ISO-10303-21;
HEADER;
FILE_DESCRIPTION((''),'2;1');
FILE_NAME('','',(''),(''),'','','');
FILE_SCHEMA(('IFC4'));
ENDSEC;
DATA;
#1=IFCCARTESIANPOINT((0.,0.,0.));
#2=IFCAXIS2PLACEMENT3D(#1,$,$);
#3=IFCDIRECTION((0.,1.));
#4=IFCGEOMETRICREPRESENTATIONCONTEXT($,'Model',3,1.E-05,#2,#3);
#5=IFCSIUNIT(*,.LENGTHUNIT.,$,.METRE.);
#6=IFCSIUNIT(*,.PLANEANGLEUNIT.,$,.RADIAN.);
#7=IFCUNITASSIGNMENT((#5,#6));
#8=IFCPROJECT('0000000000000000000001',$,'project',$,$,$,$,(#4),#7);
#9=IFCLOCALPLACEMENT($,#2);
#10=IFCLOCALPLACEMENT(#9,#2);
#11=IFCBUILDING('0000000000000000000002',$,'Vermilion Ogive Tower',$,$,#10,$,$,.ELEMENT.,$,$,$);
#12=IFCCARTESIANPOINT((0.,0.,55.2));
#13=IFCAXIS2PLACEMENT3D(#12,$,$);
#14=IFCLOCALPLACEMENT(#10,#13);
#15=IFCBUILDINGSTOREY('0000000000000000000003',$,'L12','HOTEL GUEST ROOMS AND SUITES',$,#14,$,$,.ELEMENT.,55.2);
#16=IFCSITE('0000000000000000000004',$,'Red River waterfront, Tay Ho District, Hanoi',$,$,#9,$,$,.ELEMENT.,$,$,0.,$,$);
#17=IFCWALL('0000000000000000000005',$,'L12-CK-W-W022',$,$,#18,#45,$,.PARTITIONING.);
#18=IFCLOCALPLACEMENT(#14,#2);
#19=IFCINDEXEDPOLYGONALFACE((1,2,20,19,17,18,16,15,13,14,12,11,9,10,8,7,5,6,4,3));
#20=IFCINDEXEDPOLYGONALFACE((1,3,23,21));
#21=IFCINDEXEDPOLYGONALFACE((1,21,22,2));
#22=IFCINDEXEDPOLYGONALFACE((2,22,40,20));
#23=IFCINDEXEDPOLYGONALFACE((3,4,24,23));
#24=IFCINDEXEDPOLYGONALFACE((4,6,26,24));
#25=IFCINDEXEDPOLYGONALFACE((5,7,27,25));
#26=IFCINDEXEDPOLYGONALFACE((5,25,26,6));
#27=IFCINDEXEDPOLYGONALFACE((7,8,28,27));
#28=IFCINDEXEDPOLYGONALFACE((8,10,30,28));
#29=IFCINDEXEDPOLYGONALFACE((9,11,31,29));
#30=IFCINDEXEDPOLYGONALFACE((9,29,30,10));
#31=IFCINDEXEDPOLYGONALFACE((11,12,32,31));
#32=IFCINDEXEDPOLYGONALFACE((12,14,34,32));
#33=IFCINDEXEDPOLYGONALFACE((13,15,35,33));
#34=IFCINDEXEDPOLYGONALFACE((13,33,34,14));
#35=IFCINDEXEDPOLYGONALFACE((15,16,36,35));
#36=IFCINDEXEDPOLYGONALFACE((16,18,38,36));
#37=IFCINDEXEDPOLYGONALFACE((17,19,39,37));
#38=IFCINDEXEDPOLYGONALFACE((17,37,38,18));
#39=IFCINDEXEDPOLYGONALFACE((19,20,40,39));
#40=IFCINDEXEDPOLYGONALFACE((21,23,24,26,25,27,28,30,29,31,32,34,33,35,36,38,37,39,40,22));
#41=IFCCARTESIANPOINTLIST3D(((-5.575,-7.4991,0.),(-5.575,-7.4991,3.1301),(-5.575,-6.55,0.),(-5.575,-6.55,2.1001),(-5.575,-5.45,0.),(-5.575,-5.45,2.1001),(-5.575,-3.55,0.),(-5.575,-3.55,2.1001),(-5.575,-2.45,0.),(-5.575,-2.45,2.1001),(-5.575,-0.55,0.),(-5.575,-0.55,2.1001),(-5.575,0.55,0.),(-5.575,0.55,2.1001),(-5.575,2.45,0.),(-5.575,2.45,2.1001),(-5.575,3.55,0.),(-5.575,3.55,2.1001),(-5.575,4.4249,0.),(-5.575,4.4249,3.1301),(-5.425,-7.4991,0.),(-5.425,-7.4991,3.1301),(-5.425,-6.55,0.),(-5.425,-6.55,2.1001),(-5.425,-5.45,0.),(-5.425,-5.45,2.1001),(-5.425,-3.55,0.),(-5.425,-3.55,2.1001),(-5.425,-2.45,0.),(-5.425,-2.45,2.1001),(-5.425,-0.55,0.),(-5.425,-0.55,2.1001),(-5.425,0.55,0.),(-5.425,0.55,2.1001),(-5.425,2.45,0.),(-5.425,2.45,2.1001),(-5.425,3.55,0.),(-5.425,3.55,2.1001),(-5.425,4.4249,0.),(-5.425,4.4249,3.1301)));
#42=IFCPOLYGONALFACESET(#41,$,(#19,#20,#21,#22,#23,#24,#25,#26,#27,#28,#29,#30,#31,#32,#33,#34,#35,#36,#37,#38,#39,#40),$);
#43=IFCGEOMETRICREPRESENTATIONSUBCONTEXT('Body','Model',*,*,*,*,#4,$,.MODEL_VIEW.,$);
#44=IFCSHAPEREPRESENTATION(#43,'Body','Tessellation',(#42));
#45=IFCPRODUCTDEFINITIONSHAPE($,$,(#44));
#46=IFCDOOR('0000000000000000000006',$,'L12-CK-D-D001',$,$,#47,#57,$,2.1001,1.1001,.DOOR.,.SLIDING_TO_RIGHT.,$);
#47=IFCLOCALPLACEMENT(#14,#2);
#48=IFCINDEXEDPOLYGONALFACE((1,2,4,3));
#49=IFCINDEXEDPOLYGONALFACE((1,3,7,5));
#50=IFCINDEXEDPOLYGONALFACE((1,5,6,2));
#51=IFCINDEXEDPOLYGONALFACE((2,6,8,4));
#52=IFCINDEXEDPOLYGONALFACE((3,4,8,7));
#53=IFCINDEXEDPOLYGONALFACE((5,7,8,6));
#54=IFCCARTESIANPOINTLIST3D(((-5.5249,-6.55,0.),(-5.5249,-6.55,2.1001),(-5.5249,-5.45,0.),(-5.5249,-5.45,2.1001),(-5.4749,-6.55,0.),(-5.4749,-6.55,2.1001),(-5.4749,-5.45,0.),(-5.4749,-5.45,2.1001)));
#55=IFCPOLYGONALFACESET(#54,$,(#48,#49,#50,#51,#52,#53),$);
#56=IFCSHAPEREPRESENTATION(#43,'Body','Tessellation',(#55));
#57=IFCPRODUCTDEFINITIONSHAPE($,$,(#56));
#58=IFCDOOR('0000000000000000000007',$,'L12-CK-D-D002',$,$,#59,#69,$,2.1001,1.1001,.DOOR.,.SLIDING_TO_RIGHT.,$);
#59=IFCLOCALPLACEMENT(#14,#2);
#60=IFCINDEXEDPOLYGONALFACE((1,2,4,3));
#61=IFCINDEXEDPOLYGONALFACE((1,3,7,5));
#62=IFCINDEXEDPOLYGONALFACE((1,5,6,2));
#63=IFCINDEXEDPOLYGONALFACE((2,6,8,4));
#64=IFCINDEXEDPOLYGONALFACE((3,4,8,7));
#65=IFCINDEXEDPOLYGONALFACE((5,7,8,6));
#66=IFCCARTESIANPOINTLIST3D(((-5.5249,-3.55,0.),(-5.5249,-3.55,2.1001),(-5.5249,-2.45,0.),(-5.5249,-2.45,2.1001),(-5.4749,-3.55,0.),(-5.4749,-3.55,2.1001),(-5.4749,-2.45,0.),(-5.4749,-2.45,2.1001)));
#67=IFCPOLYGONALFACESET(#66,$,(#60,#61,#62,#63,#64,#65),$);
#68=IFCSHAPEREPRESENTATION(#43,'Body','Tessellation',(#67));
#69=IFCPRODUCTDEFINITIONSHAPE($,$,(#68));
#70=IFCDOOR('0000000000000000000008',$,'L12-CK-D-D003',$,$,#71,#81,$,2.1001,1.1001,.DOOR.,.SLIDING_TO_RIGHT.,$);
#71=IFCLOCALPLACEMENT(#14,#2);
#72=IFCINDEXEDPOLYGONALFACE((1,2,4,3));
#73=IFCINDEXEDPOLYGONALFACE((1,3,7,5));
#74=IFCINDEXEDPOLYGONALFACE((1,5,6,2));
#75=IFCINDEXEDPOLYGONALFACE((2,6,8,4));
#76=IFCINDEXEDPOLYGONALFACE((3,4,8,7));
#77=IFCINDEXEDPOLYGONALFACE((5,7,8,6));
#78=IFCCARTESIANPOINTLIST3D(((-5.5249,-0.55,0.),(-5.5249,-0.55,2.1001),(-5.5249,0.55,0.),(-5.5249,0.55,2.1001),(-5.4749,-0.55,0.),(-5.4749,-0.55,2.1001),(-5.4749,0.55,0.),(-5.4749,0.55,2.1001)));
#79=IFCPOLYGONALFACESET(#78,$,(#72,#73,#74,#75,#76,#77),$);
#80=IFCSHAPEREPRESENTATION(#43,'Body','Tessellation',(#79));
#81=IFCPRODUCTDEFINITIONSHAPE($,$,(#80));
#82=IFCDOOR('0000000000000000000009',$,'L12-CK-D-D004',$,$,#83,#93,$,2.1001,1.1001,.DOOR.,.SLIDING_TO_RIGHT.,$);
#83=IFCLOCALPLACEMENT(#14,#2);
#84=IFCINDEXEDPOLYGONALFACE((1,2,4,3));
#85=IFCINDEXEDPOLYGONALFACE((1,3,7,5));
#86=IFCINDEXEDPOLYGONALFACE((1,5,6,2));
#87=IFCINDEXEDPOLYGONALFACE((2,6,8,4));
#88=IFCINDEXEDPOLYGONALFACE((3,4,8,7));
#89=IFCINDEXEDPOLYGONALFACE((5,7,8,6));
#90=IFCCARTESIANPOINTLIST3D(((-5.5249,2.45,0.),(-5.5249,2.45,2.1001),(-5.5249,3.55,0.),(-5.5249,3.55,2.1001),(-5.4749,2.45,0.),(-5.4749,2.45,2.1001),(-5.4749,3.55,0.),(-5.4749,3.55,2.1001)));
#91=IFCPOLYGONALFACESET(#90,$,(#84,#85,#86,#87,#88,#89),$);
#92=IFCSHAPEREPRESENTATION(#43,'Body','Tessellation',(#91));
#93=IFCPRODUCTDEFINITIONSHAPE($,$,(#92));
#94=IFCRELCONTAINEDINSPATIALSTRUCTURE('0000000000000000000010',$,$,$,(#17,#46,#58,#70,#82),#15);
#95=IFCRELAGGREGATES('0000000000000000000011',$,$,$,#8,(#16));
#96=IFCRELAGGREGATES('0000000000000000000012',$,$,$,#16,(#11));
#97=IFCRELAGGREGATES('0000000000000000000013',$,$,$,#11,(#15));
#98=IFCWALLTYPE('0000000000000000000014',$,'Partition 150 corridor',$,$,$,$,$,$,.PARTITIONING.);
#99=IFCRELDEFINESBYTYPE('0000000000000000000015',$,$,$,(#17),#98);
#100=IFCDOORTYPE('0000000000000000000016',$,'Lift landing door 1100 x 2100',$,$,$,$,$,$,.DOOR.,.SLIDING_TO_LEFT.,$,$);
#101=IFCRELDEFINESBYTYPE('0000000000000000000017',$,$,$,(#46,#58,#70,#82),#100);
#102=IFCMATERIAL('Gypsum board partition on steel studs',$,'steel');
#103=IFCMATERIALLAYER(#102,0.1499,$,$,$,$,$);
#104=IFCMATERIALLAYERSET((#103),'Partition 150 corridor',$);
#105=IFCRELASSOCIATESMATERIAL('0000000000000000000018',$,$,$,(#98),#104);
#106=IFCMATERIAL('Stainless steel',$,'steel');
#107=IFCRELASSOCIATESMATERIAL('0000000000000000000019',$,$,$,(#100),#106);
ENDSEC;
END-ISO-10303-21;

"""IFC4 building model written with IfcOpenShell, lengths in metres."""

from ifc_helpers import new_model, si_unit, direction, frame, frame_2d, origin, place, context, subcontext, project, spatial, rectangle, extrude, material, layer, layer_set, type_object, element, fill, save


model = new_model("IFC4")

# Units and contexts
model_context = context("Model", 3, precision=1e-05, world=origin(), true_north=direction((0.0, 1.0)))
body_context = subcontext(model_context, "Body", "Model", "MODEL_VIEW")
ifc_project = project(units=[si_unit("LENGTHUNIT", "METRE"), si_unit("PLANEANGLEUNIT", "RADIAN")], contexts=[model_context])

# Site, building, storey
site_placement = place(None, origin())
site = spatial("IfcSite", under=ifc_project, at=site_placement, Name="Red River waterfront, Tay Ho District, Hanoi", CompositionType="ELEMENT", RefElevation=0.0)
building_placement = place(site_placement, origin())
building = spatial("IfcBuilding", under=site, at=building_placement, Name="Vermilion Ogive Tower", CompositionType="ELEMENT")
storey_placement = place(building_placement, frame((0.0, 0.0, 55.2)))
storey = spatial("IfcBuildingStorey", under=building, at=storey_placement, Name="L12", Description="HOTEL GUEST ROOMS AND SUITES", CompositionType="ELEMENT", Elevation=55.2)

# Wall, openings, doors
ifc_material_1 = material(Name="Gypsum board partition on steel studs", Category="steel")
ifc_layer_1 = layer(ifc_material_1, 0.1499)
ifc_layer_set_1 = layer_set([ifc_layer_1], Name="Partition 150 corridor")
wall_type_1 = type_object("IfcWallType", Name="Partition 150 corridor", PredefinedType="PARTITIONING", material=ifc_layer_set_1)
wall_1_placement = place(storey_placement, frame((-5.5, -7.499, 0.0), z_axis=(0.0, 0.0, 1.0), x_axis=(0.0, 1.0, 0.0)))
wall_1 = element("IfcWall", 1, at=wall_1_placement, inside=storey, type_object=wall_type_1, Name="L12-CK-W-W022", PredefinedType="PARTITIONING", context=body_context, shape_type="SweptSolid", body=[
    extrude(rectangle(XDim=11.9241, YDim=0.1499, at=frame_2d((5.9619, 0.0))), origin(), (0.0, 0.0, 1.0), 3.1301),
])
opening_1_placement = place(wall_1_placement, frame((0.949, 0.0, 0.0)))
opening_1 = element("IfcOpeningElement", 2, at=opening_1_placement, cuts=wall_1, PredefinedType="OPENING", context=body_context, shape_type="SweptSolid", body=[
    extrude(rectangle(XDim=1.1001, YDim=2.1001, at=frame_2d((0.55, 1.05))), frame((0.0, 0.085, 0.0), z_axis=(0.0, -1.0, 0.0), x_axis=(1.0, 0.0, 0.0)), (0.0, 0.0, 1.0), 0.1699),
])
opening_2_placement = place(wall_1_placement, frame((3.949, 0.0, 0.0)))
opening_2 = element("IfcOpeningElement", 3, at=opening_2_placement, cuts=wall_1, PredefinedType="OPENING", context=body_context, shape_type="SweptSolid", body=[
    extrude(rectangle(XDim=1.1001, YDim=2.1001, at=frame_2d((0.55, 1.05))), frame((0.0, 0.085, 0.0), z_axis=(0.0, -1.0, 0.0), x_axis=(1.0, 0.0, 0.0)), (0.0, 0.0, 1.0), 0.1699),
])
opening_3_placement = place(wall_1_placement, frame((6.949, 0.0, 0.0)))
opening_3 = element("IfcOpeningElement", 4, at=opening_3_placement, cuts=wall_1, PredefinedType="OPENING", context=body_context, shape_type="SweptSolid", body=[
    extrude(rectangle(XDim=1.1001, YDim=2.1001, at=frame_2d((0.55, 1.05))), frame((0.0, 0.085, 0.0), z_axis=(0.0, -1.0, 0.0), x_axis=(1.0, 0.0, 0.0)), (0.0, 0.0, 1.0), 0.1699),
])
opening_4_placement = place(wall_1_placement, frame((9.949, 0.0, 0.0)))
opening_4 = element("IfcOpeningElement", 5, at=opening_4_placement, cuts=wall_1, PredefinedType="OPENING", context=body_context, shape_type="SweptSolid", body=[
    extrude(rectangle(XDim=1.1001, YDim=2.1001, at=frame_2d((0.55, 1.05))), frame((0.0, 0.085, 0.0), z_axis=(0.0, -1.0, 0.0), x_axis=(1.0, 0.0, 0.0)), (0.0, 0.0, 1.0), 0.1699),
])
ifc_material_2 = material(Name="Stainless steel", Category="steel")
door_type_1 = type_object("IfcDoorType", Name="Lift landing door 1100 x 2100", OperationType="SLIDING_TO_LEFT", PredefinedType="DOOR", material=ifc_material_2)
door_1_placement = place(opening_1_placement, origin())
door_1 = element("IfcDoor", 6, at=door_1_placement, inside=storey, type_object=door_type_1, Name="L12-CK-D-D001", OperationType="SLIDING_TO_RIGHT", OverallHeight=2.1001, OverallWidth=1.1001, PredefinedType="DOOR", context=body_context, shape_type="SweptSolid", body=[
    extrude(rectangle(XDim=1.1001, YDim=2.1001, at=frame_2d((0.55, 1.05))), frame((0.0, 0.0249, 0.0), z_axis=(0.0, -1.0, 0.0), x_axis=(1.0, 0.0, 0.0)), (0.0, 0.0, 1.0), 0.05),
])
fill(opening_1, door_1)
door_2_placement = place(opening_2_placement, origin())
door_2 = element("IfcDoor", 7, at=door_2_placement, inside=storey, type_object=door_type_1, Name="L12-CK-D-D002", OperationType="SLIDING_TO_RIGHT", OverallHeight=2.1001, OverallWidth=1.1001, PredefinedType="DOOR", context=body_context, shape_type="SweptSolid", body=[
    extrude(rectangle(XDim=1.1001, YDim=2.1001, at=frame_2d((0.55, 1.05))), frame((0.0, 0.0249, 0.0), z_axis=(0.0, -1.0, 0.0), x_axis=(1.0, 0.0, 0.0)), (0.0, 0.0, 1.0), 0.05),
])
fill(opening_2, door_2)
door_3_placement = place(opening_3_placement, origin())
door_3 = element("IfcDoor", 8, at=door_3_placement, inside=storey, type_object=door_type_1, Name="L12-CK-D-D003", OperationType="SLIDING_TO_RIGHT", OverallHeight=2.1001, OverallWidth=1.1001, PredefinedType="DOOR", context=body_context, shape_type="SweptSolid", body=[
    extrude(rectangle(XDim=1.1001, YDim=2.1001, at=frame_2d((0.55, 1.05))), frame((0.0, 0.0249, 0.0), z_axis=(0.0, -1.0, 0.0), x_axis=(1.0, 0.0, 0.0)), (0.0, 0.0, 1.0), 0.05),
])
fill(opening_3, door_3)
door_4_placement = place(opening_4_placement, origin())
door_4 = element("IfcDoor", 9, at=door_4_placement, inside=storey, type_object=door_type_1, Name="L12-CK-D-D004", OperationType="SLIDING_TO_RIGHT", OverallHeight=2.1001, OverallWidth=1.1001, PredefinedType="DOOR", context=body_context, shape_type="SweptSolid", body=[
    extrude(rectangle(XDim=1.1001, YDim=2.1001, at=frame_2d((0.55, 1.05))), frame((0.0, 0.0249, 0.0), z_axis=(0.0, -1.0, 0.0), x_axis=(1.0, 0.0, 0.0)), (0.0, 0.0, 1.0), 0.05),
])
fill(opening_4, door_4)

save(model, "model.ifc")
